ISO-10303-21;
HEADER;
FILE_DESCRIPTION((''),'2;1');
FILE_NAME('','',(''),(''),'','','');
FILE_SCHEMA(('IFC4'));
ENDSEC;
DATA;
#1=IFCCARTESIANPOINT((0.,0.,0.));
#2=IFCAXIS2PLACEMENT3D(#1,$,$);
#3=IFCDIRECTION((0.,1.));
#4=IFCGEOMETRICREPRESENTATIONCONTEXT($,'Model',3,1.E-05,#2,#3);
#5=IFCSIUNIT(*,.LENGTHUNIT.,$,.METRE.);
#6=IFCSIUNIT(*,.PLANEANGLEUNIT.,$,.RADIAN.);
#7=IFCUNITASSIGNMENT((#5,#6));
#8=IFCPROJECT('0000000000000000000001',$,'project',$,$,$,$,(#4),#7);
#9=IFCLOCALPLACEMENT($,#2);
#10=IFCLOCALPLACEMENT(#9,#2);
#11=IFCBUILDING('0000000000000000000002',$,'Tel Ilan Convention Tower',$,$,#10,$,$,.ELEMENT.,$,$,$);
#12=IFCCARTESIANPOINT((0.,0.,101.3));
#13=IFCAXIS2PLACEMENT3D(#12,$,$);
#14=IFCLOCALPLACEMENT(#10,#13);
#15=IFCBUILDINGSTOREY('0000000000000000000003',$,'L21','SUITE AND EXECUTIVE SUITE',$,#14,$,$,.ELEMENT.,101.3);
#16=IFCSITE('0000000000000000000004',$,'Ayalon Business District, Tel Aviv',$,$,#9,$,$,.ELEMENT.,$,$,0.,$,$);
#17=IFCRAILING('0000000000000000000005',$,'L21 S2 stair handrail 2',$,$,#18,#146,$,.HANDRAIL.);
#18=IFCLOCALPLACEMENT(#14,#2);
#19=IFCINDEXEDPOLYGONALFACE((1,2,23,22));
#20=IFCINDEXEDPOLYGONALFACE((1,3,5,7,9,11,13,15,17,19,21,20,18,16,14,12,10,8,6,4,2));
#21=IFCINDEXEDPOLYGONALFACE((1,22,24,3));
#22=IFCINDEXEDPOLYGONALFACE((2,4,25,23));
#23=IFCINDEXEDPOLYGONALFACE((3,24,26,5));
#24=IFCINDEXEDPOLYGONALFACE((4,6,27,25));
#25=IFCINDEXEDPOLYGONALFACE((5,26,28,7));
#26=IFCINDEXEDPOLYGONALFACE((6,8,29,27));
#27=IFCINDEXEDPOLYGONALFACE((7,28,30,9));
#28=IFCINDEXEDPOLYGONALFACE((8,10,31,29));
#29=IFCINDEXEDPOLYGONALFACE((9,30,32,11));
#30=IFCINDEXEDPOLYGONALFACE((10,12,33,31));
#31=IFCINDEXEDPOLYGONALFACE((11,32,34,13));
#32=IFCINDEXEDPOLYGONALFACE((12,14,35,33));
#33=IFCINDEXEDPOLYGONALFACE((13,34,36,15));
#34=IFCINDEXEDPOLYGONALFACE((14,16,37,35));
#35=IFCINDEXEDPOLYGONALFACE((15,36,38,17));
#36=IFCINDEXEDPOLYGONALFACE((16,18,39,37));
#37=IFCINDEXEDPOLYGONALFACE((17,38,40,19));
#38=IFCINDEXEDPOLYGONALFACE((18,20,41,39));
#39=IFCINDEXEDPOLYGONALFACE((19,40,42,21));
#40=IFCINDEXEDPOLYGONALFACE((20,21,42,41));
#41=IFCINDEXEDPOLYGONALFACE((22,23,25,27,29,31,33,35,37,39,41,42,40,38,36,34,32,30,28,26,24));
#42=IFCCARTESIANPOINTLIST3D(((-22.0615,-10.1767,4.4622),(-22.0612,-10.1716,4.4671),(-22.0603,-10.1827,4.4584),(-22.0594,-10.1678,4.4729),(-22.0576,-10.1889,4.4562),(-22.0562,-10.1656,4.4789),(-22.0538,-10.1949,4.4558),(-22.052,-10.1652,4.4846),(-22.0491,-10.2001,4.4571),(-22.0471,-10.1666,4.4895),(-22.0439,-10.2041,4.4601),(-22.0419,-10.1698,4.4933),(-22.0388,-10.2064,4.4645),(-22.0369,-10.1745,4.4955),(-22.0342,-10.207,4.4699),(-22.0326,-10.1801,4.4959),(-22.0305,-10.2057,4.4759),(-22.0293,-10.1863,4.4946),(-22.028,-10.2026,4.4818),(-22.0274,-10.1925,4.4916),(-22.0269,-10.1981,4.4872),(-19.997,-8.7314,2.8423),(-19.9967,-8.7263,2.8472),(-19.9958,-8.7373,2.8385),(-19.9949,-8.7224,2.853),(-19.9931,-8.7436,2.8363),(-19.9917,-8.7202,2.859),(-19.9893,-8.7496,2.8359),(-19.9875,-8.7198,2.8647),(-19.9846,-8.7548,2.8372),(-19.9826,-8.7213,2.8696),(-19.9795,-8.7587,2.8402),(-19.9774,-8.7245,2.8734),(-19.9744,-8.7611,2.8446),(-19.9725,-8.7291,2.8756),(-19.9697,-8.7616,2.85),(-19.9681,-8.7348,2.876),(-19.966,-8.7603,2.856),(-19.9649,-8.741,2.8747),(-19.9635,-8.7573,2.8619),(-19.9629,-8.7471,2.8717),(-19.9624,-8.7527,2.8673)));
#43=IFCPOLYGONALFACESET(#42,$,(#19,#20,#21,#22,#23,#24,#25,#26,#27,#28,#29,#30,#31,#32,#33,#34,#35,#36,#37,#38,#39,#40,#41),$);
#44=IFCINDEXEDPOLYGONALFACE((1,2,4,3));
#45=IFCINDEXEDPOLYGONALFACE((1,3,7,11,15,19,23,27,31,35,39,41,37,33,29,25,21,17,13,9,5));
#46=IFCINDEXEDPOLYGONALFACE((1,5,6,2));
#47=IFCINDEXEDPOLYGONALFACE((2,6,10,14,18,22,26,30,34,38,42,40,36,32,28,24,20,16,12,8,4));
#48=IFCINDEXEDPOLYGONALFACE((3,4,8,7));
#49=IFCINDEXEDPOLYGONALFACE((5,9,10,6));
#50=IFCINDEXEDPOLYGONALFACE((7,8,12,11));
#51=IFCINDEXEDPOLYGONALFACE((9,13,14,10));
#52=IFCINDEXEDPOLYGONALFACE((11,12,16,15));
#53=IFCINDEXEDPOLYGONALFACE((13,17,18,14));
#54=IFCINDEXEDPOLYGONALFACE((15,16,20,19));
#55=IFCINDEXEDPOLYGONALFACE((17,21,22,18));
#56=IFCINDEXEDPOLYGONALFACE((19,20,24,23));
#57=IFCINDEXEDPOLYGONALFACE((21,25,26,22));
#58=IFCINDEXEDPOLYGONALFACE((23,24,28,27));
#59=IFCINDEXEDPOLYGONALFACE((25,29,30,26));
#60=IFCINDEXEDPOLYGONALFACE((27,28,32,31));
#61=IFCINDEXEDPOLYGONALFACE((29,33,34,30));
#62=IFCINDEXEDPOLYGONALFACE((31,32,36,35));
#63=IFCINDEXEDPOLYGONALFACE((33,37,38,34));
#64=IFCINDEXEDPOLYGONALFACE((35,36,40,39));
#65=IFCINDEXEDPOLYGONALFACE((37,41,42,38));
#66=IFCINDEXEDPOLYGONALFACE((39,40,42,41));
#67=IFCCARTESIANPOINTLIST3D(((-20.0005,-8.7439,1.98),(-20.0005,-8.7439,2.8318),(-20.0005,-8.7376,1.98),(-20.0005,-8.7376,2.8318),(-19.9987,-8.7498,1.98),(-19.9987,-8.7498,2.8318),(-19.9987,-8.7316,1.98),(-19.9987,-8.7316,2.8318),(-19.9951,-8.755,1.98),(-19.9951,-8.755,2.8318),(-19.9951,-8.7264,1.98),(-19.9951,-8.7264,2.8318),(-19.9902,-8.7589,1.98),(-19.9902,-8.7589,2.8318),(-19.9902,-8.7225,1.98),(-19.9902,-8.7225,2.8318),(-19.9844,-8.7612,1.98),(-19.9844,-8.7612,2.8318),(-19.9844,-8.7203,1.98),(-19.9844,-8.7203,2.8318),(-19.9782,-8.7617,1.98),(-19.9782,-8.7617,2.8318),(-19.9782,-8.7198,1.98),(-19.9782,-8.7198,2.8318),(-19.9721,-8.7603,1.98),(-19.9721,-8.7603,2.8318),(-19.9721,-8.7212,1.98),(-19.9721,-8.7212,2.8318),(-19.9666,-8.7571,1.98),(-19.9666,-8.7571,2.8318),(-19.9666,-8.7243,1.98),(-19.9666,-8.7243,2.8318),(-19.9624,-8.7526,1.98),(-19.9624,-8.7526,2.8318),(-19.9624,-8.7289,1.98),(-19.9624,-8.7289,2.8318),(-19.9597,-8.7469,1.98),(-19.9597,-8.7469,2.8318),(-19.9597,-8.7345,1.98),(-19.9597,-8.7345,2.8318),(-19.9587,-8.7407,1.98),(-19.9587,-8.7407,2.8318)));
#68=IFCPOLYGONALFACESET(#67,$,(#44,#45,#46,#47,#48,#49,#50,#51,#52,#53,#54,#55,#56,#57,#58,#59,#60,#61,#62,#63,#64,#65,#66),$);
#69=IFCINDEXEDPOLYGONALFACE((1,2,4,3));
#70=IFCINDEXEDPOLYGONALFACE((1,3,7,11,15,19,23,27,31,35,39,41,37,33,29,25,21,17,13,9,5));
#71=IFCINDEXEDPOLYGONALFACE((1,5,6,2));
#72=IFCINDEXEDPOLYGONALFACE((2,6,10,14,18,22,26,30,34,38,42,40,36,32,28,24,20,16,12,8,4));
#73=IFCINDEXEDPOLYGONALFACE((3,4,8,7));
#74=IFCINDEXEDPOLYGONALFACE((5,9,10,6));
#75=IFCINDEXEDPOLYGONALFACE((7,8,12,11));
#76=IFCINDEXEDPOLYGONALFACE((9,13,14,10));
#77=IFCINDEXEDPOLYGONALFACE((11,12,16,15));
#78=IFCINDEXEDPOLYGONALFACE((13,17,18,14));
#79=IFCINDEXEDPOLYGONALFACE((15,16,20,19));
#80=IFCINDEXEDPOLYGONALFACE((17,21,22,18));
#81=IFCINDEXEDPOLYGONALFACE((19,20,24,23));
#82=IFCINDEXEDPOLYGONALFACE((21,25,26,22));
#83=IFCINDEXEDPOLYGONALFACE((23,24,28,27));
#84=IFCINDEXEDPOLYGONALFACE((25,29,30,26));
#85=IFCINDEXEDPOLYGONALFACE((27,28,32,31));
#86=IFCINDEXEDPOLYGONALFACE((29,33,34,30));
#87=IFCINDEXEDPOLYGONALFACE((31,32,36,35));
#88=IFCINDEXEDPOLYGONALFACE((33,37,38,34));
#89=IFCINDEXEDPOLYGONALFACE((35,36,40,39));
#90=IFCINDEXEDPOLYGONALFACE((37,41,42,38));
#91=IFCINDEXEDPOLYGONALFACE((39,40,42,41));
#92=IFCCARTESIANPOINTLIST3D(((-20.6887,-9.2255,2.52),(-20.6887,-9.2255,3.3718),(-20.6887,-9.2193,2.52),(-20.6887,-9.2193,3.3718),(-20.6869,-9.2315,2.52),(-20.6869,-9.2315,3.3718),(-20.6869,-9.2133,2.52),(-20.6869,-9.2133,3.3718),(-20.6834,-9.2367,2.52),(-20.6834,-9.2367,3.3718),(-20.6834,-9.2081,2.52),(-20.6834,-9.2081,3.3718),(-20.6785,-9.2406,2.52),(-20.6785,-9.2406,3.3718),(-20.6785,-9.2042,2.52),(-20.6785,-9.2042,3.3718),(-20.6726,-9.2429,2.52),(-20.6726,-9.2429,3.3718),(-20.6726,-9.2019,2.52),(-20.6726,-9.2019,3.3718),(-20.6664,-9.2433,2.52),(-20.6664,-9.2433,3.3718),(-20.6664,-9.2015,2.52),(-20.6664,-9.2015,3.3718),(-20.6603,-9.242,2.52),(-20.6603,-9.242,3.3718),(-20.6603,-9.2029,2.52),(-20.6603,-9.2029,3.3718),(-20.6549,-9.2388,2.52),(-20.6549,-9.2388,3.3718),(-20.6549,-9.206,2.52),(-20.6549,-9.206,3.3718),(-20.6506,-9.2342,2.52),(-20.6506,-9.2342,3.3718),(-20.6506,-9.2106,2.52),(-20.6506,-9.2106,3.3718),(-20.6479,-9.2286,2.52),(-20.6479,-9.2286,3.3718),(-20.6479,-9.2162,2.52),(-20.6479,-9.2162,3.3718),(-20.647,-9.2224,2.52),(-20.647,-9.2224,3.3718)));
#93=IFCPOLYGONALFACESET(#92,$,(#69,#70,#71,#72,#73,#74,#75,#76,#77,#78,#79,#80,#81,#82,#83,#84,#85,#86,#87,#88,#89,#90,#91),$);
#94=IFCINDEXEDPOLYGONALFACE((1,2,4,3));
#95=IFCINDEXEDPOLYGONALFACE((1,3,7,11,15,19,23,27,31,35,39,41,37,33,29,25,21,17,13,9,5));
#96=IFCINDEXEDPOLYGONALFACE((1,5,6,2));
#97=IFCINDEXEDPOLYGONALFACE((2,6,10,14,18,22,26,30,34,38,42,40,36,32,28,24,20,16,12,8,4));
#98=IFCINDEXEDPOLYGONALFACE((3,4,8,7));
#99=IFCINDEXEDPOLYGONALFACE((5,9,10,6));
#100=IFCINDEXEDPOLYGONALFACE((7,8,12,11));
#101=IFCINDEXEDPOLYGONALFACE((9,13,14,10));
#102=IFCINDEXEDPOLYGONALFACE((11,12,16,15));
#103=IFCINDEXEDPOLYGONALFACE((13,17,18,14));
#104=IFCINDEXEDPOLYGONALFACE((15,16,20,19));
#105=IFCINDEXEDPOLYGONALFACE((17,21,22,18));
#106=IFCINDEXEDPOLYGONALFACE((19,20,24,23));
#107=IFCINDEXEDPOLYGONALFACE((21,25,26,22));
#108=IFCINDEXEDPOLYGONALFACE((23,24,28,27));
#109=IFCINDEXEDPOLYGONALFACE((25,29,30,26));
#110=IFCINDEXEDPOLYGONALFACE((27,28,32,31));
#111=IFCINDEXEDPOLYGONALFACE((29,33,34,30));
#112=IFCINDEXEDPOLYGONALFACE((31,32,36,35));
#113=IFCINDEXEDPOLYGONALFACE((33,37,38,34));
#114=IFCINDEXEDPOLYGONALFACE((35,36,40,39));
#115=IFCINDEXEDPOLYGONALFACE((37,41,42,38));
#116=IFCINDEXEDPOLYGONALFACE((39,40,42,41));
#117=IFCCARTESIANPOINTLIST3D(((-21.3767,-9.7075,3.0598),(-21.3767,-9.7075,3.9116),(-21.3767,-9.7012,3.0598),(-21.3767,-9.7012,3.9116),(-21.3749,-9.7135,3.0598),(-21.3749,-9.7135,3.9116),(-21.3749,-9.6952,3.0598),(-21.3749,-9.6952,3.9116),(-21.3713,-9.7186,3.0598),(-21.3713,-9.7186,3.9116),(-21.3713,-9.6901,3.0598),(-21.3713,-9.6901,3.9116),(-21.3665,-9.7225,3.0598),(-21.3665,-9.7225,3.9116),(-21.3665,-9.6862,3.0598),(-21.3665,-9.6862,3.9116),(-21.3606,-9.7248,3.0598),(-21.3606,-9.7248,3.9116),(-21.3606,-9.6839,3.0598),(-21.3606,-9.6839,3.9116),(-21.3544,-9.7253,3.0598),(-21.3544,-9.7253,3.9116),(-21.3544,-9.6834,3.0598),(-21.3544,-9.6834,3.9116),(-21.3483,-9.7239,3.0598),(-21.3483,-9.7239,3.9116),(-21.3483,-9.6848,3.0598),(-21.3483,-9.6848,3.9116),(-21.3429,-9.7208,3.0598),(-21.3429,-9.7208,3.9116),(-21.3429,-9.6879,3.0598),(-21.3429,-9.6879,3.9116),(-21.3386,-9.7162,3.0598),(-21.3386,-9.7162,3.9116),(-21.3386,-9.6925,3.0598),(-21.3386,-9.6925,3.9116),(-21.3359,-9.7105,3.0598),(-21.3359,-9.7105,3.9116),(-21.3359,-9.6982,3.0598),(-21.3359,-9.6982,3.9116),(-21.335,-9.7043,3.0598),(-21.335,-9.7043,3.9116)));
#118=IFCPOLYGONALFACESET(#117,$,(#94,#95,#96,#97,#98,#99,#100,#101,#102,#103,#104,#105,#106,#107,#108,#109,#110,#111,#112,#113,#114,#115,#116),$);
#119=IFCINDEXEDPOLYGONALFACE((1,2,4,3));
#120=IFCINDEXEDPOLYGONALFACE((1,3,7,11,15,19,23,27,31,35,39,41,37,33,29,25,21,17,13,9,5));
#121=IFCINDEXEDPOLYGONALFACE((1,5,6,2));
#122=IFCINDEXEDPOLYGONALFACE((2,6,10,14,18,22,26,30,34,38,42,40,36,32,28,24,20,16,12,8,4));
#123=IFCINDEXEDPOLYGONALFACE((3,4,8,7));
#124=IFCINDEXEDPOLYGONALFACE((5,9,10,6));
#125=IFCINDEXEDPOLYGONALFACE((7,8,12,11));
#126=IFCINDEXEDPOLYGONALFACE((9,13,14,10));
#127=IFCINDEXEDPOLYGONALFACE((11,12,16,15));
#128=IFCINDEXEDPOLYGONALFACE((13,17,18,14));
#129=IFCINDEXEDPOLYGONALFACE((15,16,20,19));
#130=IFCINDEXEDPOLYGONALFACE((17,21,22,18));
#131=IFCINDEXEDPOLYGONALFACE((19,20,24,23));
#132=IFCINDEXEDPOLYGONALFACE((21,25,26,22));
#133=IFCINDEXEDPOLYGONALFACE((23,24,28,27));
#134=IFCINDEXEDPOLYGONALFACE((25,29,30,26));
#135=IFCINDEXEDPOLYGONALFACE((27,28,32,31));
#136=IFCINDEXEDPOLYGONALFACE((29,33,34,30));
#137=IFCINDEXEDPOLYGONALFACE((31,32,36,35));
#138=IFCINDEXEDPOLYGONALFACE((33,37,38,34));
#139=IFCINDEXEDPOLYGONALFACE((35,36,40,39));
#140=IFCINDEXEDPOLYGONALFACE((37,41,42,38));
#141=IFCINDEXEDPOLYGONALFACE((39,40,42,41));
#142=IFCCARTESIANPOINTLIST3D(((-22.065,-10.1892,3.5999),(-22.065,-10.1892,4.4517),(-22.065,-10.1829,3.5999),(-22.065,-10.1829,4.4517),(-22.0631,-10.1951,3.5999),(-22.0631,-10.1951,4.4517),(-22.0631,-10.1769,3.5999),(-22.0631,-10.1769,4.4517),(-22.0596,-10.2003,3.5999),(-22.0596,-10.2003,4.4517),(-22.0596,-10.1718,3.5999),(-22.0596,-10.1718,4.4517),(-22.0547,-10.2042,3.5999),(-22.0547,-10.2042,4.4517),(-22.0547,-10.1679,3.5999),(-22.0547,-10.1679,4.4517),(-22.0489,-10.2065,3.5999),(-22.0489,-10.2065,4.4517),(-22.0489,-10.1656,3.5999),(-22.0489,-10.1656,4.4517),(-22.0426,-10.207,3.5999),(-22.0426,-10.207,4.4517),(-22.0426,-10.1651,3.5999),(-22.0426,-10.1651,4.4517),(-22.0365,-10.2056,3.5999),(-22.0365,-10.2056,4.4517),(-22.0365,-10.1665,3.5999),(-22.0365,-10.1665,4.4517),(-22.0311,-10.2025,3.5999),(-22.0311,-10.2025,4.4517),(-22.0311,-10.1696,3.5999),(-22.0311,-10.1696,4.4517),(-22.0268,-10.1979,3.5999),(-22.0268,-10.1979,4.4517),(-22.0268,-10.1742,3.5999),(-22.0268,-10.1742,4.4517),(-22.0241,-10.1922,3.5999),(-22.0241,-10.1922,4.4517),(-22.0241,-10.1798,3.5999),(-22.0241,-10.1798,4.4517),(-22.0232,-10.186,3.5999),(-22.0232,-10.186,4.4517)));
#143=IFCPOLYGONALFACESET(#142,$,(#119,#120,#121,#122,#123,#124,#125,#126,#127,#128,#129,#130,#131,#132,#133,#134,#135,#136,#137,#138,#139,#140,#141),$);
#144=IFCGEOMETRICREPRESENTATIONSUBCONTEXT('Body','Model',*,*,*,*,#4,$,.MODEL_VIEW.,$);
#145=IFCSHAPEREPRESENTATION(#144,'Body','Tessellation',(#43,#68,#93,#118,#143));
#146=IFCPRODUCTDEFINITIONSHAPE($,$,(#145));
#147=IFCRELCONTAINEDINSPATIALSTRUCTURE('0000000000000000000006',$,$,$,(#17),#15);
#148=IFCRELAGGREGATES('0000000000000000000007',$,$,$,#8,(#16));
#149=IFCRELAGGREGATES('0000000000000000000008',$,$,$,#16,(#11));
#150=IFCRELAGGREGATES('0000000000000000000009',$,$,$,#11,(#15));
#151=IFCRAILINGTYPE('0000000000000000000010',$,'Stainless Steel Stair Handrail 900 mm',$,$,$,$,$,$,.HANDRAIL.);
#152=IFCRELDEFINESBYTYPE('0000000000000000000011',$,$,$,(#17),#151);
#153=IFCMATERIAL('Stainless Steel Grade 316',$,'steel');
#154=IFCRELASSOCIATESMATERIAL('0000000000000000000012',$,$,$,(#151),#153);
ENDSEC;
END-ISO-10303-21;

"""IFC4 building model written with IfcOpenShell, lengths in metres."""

from ifc_helpers import new_model, si_unit, direction, frame, origin, origin_2d, place, context, subcontext, project, spatial, circle, extrude, material, type_object, element, save


model = new_model("IFC4")

# Units and contexts
model_context = context("Model", 3, precision=1e-05, world=origin(), true_north=direction((0.0, 1.0)))
body_context = subcontext(model_context, "Body", "Model", "MODEL_VIEW")
ifc_project = project(units=[si_unit("LENGTHUNIT", "METRE"), si_unit("PLANEANGLEUNIT", "RADIAN")], contexts=[model_context])

# Site, building, storey
site_placement = place(None, origin())
site = spatial("IfcSite", under=ifc_project, at=site_placement, Name="Ayalon Business District, Tel Aviv", CompositionType="ELEMENT", RefElevation=0.0)
building_placement = place(site_placement, origin())
building = spatial("IfcBuilding", under=site, at=building_placement, Name="Tel Ilan Convention Tower", CompositionType="ELEMENT")
storey_placement = place(building_placement, frame((0.0, 0.0, 101.3)))
storey = spatial("IfcBuildingStorey", under=building, at=storey_placement, Name="L21", Description="SUITE AND EXECUTIVE SUITE", CompositionType="ELEMENT", Elevation=101.3)

# Railing
ifc_material_1 = material(Name="Stainless Steel Grade 316", Category="steel")
railing_type_1 = type_object("IfcRailingType", Name="Stainless Steel Stair Handrail 900 mm", PredefinedType="HANDRAIL", material=ifc_material_1)
railing_1_placement = place(storey_placement, frame((-19.9797, -8.7407, 1.98)))
element("IfcRailing", 1, at=railing_1_placement, inside=storey, type_object=railing_type_1, Name="L21 S2 stair handrail 2", PredefinedType="HANDRAIL", context=body_context, shape_type="SweptSolid", body=[
    extrude(circle(Radius=0.0239, at=origin_2d()), frame((0.0, 0.0, 0.876), z_axis=(-0.689113, -0.482444, 0.540713), x_axis=(0.573514, -0.819196, 0.0)), (0.0, 0.0, 1.0), 2.9958),
    extrude(circle(Radius=0.021, at=origin_2d()), origin(), (0.0, 0.0, 1.0), 0.8518),
    extrude(circle(Radius=0.021, at=origin_2d()), frame((-0.6882, -0.4817, 0.54)), (0.0, 0.0, 1.0), 0.8518),
    extrude(circle(Radius=0.021, at=origin_2d()), frame((-1.3762, -0.9636, 1.0798)), (0.0, 0.0, 1.0), 0.8518),
    extrude(circle(Radius=0.021, at=origin_2d()), frame((-2.0645, -1.4453, 1.6199)), (0.0, 0.0, 1.0), 0.8518),
])

save(model, "model.ifc")
